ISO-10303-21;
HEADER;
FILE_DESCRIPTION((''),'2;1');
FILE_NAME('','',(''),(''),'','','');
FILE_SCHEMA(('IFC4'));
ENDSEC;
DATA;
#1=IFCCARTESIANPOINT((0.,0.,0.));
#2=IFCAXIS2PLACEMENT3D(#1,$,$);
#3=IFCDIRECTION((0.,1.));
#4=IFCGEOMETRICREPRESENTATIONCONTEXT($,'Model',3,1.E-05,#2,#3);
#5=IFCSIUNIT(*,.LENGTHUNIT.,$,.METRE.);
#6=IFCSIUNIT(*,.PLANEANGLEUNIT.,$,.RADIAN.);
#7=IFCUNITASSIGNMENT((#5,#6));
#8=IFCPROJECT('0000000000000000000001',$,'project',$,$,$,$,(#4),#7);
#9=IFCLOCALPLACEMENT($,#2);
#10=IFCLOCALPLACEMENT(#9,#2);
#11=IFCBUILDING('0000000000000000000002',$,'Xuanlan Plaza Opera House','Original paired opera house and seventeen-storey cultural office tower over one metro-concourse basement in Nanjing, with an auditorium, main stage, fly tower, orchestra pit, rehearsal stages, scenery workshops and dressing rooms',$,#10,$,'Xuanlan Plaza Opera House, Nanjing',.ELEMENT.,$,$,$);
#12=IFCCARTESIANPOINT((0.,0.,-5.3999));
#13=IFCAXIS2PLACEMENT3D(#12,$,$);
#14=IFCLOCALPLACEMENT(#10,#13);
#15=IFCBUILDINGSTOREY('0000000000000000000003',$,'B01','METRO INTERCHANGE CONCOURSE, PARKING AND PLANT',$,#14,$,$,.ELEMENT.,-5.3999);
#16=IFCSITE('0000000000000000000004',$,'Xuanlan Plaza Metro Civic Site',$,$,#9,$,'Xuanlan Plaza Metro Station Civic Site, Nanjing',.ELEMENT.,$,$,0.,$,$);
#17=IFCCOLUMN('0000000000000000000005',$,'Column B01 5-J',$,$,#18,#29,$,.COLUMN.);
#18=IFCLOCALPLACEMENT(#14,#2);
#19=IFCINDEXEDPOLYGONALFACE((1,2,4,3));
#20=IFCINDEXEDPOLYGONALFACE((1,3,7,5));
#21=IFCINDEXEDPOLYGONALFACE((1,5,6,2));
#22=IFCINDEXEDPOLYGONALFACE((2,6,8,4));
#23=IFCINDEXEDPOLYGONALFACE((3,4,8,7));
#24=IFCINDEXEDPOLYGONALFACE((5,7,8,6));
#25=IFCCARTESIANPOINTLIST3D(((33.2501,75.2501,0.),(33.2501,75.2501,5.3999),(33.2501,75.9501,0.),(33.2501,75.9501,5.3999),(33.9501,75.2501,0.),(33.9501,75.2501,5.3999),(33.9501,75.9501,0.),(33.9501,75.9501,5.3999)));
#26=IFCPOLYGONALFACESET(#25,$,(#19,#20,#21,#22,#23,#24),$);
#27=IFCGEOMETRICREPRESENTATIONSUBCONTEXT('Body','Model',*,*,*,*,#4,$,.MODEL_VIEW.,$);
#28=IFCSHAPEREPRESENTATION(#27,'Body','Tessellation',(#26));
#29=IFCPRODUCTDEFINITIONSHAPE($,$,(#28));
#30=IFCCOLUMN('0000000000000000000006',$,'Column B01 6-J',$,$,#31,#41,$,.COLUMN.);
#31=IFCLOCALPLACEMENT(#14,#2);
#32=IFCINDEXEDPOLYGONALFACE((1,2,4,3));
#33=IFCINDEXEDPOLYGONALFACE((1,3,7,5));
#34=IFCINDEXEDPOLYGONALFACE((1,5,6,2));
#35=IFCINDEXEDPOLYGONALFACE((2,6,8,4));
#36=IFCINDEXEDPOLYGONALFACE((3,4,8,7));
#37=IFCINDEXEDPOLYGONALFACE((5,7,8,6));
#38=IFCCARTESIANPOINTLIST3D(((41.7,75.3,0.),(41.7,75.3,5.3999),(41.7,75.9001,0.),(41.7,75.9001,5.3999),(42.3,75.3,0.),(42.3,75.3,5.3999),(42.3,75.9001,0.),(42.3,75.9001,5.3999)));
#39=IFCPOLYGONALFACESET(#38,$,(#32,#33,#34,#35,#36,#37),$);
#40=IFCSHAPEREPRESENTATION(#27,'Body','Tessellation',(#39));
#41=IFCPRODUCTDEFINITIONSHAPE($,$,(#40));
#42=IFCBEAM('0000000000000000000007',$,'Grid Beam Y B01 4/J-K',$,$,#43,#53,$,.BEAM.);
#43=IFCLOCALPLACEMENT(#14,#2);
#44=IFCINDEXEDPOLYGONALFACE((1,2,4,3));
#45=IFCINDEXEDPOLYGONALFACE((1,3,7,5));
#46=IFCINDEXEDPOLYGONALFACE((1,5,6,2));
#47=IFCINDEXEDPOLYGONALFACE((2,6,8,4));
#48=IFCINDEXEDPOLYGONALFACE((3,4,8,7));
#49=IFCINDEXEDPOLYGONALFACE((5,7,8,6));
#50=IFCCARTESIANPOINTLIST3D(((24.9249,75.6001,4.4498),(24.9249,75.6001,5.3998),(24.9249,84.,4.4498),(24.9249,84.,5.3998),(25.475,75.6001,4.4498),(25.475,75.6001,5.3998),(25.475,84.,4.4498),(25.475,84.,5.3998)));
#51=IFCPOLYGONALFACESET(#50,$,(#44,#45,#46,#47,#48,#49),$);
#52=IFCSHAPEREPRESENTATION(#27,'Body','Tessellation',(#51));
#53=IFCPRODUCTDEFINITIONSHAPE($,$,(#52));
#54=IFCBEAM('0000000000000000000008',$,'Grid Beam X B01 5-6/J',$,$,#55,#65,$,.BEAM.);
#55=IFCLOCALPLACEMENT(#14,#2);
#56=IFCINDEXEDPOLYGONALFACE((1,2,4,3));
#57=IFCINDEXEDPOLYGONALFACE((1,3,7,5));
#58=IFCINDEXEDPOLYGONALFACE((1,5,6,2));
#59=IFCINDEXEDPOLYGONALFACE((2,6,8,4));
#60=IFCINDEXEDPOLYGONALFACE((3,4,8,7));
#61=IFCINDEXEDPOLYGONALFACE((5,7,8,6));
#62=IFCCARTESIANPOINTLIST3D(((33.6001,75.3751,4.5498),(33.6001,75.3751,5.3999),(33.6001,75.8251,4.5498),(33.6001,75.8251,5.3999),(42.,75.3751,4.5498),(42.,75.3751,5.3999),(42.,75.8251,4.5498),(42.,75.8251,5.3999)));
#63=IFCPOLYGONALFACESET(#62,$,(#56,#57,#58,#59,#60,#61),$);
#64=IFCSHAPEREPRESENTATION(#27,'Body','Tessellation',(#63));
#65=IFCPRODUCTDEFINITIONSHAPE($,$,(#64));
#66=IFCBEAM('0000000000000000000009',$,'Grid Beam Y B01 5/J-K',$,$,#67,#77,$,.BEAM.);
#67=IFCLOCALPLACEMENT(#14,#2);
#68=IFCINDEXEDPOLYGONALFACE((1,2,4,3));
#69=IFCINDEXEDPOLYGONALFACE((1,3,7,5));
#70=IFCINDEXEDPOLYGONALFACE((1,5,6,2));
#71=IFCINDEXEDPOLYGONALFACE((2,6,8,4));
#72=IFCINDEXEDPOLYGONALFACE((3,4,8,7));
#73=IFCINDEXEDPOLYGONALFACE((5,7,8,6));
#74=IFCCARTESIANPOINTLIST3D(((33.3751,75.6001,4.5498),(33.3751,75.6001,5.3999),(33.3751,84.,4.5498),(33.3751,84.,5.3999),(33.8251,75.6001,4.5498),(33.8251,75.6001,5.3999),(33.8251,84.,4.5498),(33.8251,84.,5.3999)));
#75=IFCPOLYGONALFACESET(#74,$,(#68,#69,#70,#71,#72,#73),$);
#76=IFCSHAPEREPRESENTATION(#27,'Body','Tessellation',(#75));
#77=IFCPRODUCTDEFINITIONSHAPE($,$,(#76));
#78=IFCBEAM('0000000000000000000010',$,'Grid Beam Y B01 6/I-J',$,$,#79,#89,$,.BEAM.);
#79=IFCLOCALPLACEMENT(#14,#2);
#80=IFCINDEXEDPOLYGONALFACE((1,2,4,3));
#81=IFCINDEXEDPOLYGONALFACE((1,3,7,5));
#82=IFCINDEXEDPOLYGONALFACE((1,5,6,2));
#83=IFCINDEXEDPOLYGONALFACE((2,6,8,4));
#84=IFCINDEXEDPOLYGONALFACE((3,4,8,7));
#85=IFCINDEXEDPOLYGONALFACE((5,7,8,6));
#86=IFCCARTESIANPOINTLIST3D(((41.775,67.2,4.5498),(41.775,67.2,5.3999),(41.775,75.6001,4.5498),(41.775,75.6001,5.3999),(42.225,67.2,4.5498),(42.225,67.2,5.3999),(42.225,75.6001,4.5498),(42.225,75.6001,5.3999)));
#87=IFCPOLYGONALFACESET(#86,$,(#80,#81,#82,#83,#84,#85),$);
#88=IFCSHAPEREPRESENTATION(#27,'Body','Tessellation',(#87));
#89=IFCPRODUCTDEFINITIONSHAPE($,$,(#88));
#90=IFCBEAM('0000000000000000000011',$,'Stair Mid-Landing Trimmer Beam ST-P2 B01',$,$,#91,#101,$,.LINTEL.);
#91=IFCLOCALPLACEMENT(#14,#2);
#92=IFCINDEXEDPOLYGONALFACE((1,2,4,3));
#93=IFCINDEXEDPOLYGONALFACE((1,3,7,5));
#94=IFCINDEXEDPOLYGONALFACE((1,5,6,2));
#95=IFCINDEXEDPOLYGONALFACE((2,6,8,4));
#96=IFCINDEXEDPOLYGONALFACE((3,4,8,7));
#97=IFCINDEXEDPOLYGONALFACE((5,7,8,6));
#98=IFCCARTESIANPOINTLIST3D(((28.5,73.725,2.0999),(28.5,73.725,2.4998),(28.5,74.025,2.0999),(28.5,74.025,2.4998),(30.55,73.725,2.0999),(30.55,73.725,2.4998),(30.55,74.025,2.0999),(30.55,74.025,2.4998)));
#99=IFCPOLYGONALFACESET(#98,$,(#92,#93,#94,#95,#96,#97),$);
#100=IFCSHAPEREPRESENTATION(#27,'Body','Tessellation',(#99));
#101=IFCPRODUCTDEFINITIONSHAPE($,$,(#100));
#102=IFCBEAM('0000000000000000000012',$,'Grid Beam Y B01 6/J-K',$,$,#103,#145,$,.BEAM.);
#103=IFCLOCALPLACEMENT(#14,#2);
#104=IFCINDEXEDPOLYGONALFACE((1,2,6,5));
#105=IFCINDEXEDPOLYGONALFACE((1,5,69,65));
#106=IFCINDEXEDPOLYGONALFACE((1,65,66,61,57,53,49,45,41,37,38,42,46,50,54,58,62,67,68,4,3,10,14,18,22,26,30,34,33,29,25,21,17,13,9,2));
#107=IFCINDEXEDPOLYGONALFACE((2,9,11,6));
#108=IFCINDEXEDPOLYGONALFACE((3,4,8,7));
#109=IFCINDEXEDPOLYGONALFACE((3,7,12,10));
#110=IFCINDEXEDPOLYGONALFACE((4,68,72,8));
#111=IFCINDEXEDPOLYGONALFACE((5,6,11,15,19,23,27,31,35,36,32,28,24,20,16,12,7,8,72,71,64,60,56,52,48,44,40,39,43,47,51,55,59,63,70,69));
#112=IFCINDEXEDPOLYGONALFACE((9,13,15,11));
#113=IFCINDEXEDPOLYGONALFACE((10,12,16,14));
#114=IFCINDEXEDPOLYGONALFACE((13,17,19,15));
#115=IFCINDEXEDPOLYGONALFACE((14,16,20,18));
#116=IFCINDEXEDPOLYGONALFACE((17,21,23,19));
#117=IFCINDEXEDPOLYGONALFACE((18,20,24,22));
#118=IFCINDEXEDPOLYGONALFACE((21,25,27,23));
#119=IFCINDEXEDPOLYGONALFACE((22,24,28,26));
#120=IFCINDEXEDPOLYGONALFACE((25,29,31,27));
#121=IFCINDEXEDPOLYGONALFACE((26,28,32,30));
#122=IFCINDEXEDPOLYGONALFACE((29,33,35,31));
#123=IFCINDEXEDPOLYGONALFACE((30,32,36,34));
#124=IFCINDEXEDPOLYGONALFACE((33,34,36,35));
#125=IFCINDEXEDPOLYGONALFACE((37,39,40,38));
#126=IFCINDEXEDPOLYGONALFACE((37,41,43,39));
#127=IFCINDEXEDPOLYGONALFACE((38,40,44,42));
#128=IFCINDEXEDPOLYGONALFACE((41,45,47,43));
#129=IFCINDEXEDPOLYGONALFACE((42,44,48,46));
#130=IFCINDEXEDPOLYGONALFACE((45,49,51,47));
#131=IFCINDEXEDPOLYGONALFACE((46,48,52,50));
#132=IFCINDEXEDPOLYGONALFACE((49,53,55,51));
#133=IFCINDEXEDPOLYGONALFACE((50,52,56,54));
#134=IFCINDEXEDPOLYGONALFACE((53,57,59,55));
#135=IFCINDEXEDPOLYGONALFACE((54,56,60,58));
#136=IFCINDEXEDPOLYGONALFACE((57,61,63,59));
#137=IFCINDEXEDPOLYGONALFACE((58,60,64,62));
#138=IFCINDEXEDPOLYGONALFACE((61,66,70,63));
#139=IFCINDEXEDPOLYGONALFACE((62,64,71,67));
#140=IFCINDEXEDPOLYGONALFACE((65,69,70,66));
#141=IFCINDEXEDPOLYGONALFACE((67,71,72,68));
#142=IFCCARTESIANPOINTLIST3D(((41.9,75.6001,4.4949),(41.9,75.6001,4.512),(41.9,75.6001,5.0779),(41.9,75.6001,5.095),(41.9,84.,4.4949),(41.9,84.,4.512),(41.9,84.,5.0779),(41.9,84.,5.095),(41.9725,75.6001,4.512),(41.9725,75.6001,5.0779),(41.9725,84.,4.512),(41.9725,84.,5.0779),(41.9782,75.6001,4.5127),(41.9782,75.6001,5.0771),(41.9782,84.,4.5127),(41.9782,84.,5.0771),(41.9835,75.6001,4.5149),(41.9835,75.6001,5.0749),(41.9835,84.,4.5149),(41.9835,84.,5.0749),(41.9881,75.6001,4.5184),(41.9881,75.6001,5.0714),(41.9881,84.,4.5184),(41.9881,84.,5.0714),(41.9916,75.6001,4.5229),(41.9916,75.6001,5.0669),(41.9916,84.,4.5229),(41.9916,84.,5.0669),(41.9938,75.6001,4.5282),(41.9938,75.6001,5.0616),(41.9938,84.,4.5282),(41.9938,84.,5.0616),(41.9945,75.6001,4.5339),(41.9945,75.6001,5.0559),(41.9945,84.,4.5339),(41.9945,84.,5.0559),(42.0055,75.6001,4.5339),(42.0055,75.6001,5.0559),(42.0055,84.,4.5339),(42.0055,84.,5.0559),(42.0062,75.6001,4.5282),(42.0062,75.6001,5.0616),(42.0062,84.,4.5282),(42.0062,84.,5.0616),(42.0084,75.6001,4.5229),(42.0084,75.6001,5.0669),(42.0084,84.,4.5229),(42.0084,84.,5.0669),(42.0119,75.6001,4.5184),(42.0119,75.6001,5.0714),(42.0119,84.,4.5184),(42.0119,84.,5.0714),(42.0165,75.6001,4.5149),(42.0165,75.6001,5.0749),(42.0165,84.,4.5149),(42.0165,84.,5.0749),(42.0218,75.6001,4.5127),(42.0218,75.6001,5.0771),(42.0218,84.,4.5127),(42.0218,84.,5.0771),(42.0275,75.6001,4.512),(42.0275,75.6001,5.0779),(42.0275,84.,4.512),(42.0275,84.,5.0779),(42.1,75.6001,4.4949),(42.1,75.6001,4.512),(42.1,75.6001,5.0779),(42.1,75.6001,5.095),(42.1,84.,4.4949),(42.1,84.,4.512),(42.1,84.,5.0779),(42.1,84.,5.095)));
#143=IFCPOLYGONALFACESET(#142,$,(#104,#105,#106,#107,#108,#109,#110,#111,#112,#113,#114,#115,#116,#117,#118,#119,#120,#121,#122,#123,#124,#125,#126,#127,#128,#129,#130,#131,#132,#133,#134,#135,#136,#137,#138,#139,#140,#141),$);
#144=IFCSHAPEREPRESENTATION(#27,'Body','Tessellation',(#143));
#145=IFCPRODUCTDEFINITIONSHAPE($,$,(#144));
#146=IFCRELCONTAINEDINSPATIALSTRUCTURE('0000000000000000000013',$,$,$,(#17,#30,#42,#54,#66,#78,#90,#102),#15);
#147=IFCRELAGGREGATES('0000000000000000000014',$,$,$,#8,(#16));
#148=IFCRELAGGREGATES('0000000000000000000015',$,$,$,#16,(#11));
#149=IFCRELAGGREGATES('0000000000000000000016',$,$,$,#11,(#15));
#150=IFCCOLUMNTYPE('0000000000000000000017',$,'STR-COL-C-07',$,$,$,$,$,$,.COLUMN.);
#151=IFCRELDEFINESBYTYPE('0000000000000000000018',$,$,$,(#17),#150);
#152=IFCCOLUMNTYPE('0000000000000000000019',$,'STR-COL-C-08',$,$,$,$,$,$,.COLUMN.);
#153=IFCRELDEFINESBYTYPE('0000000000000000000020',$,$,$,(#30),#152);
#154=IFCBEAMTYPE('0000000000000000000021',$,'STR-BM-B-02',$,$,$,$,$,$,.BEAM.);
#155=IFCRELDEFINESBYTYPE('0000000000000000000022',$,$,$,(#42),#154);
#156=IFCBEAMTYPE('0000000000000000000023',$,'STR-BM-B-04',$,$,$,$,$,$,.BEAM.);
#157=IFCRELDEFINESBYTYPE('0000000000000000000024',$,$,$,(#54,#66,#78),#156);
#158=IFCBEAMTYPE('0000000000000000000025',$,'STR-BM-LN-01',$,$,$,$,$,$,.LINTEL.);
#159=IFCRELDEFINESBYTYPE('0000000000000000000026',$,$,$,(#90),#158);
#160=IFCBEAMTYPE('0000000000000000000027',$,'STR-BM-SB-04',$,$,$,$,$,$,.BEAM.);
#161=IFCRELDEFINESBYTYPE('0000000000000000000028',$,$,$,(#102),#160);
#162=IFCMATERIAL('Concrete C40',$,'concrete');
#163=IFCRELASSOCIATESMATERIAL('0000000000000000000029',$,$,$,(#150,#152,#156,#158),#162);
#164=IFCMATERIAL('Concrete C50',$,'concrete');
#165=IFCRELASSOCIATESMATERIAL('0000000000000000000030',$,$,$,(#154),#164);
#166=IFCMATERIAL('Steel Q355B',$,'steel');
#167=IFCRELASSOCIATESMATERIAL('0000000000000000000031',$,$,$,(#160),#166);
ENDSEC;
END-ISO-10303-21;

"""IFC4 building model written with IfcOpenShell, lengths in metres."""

from ifc_helpers import new_model, si_unit, direction, frame, origin, origin_2d, place, context, subcontext, project, spatial, rectangle, i_section, extrude, material, material_profile, profile_set, type_object, element, save


model = new_model("IFC4")

# Units and contexts
model_context = context("Model", 3, precision=1e-05, world=origin(), true_north=direction((0.0, 1.0)))
body_context = subcontext(model_context, "Body", "Model", "MODEL_VIEW")
ifc_project = project(units=[si_unit("LENGTHUNIT", "METRE"), si_unit("PLANEANGLEUNIT", "RADIAN")], contexts=[model_context])

# Site, building, storey
site_placement = place(None, origin())
site = spatial("IfcSite", under=ifc_project, at=site_placement, Name="Xuanlan Plaza Metro Civic Site", LongName="Xuanlan Plaza Metro Station Civic Site, Nanjing", CompositionType="ELEMENT", RefElevation=0.0)
building_placement = place(site_placement, origin())
building = spatial("IfcBuilding", under=site, at=building_placement, Name="Xuanlan Plaza Opera House", Description="Original paired opera house and seventeen-storey cultural office tower over one metro-concourse basement in Nanjing, with an auditorium, main stage, fly tower, orchestra pit, rehearsal stages, scenery workshops and dressing rooms", LongName="Xuanlan Plaza Opera House, Nanjing", CompositionType="ELEMENT")
storey_placement = place(building_placement, frame((0.0, 0.0, -5.3999)))
storey = spatial("IfcBuildingStorey", under=building, at=storey_placement, Name="B01", Description="METRO INTERCHANGE CONCOURSE, PARKING AND PLANT", CompositionType="ELEMENT", Elevation=-5.3999)

# Shared definitions
ifc_material_1 = material(Name="Concrete C40", Category="concrete")
ifc_material_2 = material(Name="Concrete C50", Category="concrete")

# Columns
ifc_material_profile_1 = material_profile(ifc_material_1, rectangle(XDim=0.7, YDim=0.7, at=origin_2d()), Name="RC-COL 700x700")
ifc_profile_set_1 = profile_set([ifc_material_profile_1], Name="Concrete C40")
column_type_1 = type_object("IfcColumnType", Name="STR-COL-C-07", PredefinedType="COLUMN", material=ifc_profile_set_1)
column_1_placement = place(storey_placement, frame((33.6001, 75.6001, 0.0), z_axis=(0.0, 0.0, 1.0), x_axis=(1.0, 0.0, 0.0)))
element("IfcColumn", 1, at=column_1_placement, inside=storey, type_object=column_type_1, Name="Column B01 5-J", PredefinedType="COLUMN", context=body_context, shape_type="SweptSolid", body=[
    extrude(rectangle(XDim=0.7, YDim=0.7, at=origin_2d()), origin(), (0.0, 0.0, 1.0), 5.3999),
])
ifc_material_profile_2 = material_profile(ifc_material_1, rectangle(XDim=0.6001, YDim=0.6001, at=origin_2d()), Name="RC-COL 600x600")
ifc_profile_set_2 = profile_set([ifc_material_profile_2], Name="Concrete C40")
column_type_2 = type_object("IfcColumnType", Name="STR-COL-C-08", PredefinedType="COLUMN", material=ifc_profile_set_2)
column_2_placement = place(storey_placement, frame((42.0, 75.6001, 0.0), z_axis=(0.0, 0.0, 1.0), x_axis=(1.0, 0.0, 0.0)))
element("IfcColumn", 2, at=column_2_placement, inside=storey, type_object=column_type_2, Name="Column B01 6-J", PredefinedType="COLUMN", context=body_context, shape_type="SweptSolid", body=[
    extrude(rectangle(XDim=0.6001, YDim=0.6001, at=origin_2d()), origin(), (0.0, 0.0, 1.0), 5.3999),
])

# Beams
ifc_material_profile_3 = material_profile(ifc_material_2, rectangle(XDim=0.55, YDim=0.95, at=origin_2d()), Name="RC-BM 550x950")
ifc_profile_set_3 = profile_set([ifc_material_profile_3], Name="Concrete C50")
beam_type_1 = type_object("IfcBeamType", Name="STR-BM-B-02", PredefinedType="BEAM", material=ifc_profile_set_3)
beam_1_placement = place(storey_placement, frame((25.2, 75.6001, 4.9248), z_axis=(0.0, 1.0, 0.0), x_axis=(-1.0, 0.0, 0.0)))
element("IfcBeam", 3, at=beam_1_placement, inside=storey, type_object=beam_type_1, Name="Grid Beam Y B01 4/J-K", PredefinedType="BEAM", context=body_context, shape_type="SweptSolid", body=[
    extrude(rectangle(XDim=0.55, YDim=0.95, at=origin_2d()), origin(), (0.0, 0.0, 1.0), 8.3999),
])
ifc_material_profile_4 = material_profile(ifc_material_1, rectangle(XDim=0.45, YDim=0.8501, at=origin_2d()), Name="RC-BM 450x850")
ifc_profile_set_4 = profile_set([ifc_material_profile_4], Name="Concrete C40")
beam_type_2 = type_object("IfcBeamType", Name="STR-BM-B-04", PredefinedType="BEAM", material=ifc_profile_set_4)
for number, where, z_axis, x_axis, name in (
    (4, (33.6001, 75.6001, 4.9749), (1.0, 0.0, 0.0), (0.0, 1.0, 0.0), "Grid Beam X B01 5-6/J"),
    (5, (33.6001, 75.6001, 4.9749), (0.0, 1.0, 0.0), (-1.0, 0.0, 0.0), "Grid Beam Y B01 5/J-K"),
):
    element("IfcBeam", number, at=place(storey_placement, frame(where, z_axis=z_axis, x_axis=x_axis)), inside=storey, type_object=beam_type_2, Name=name, PredefinedType="BEAM", context=body_context, shape_type="SweptSolid", body=[
        extrude(rectangle(XDim=0.45, YDim=0.8501, at=origin_2d()), origin(), (0.0, 0.0, 1.0), 8.3999),
    ])
beam_2_placement = place(storey_placement, frame((42.0, 67.2, 4.9749), z_axis=(0.0, 1.0, 0.0), x_axis=(-1.0, 0.0, 0.0)))
element("IfcBeam", 6, at=beam_2_placement, inside=storey, type_object=beam_type_2, Name="Grid Beam Y B01 6/I-J", PredefinedType="BEAM", context=body_context, shape_type="SweptSolid", body=[
    extrude(rectangle(XDim=0.45, YDim=0.8501, at=origin_2d()), origin(), (0.0, 0.0, 1.0), 8.4001),
])
ifc_material_profile_5 = material_profile(ifc_material_1, rectangle(XDim=0.3, YDim=0.3999, at=origin_2d()), Name="RC-LNT 300x400")
ifc_profile_set_5 = profile_set([ifc_material_profile_5], Name="Concrete C40")
beam_type_3 = type_object("IfcBeamType", Name="STR-BM-LN-01", PredefinedType="LINTEL", material=ifc_profile_set_5)
beam_3_placement = place(storey_placement, frame((28.5, 73.875, 2.2998), z_axis=(1.0, 0.0, 0.0), x_axis=(0.0, 1.0, 0.0)))
element("IfcBeam", 7, at=beam_3_placement, inside=storey, type_object=beam_type_3, Name="Stair Mid-Landing Trimmer Beam ST-P2 B01", PredefinedType="LINTEL", context=body_context, shape_type="SweptSolid", body=[
    extrude(rectangle(XDim=0.3, YDim=0.3999, at=origin_2d()), origin(), (0.0, 0.0, 1.0), 2.05),
])
ifc_material_3 = material(Name="Steel Q355B", Category="steel")
ifc_material_profile_6 = material_profile(ifc_material_3, i_section(OverallWidth=0.2, OverallDepth=0.6001, WebThickness=0.011, FlangeThickness=0.0171, FilletRadius=0.022, at=origin_2d()), Name="HN 600x200x11x17")
ifc_profile_set_6 = profile_set([ifc_material_profile_6], Name="Steel Q355B")
beam_type_4 = type_object("IfcBeamType", Name="STR-BM-SB-04", PredefinedType="BEAM", material=ifc_profile_set_6)
beam_4_placement = place(storey_placement, frame((42.0, 75.6001, 4.7949), z_axis=(0.0, 1.0, 0.0), x_axis=(-1.0, 0.0, 0.0)))
element("IfcBeam", 8, at=beam_4_placement, inside=storey, type_object=beam_type_4, Name="Grid Beam Y B01 6/J-K", PredefinedType="BEAM", context=body_context, shape_type="SweptSolid", body=[
    extrude(i_section(OverallWidth=0.2, OverallDepth=0.6001, WebThickness=0.011, FlangeThickness=0.0171, FilletRadius=0.022, at=origin_2d()), origin(), (0.0, 0.0, 1.0), 8.3999),
])

save(model, "model.ifc")
